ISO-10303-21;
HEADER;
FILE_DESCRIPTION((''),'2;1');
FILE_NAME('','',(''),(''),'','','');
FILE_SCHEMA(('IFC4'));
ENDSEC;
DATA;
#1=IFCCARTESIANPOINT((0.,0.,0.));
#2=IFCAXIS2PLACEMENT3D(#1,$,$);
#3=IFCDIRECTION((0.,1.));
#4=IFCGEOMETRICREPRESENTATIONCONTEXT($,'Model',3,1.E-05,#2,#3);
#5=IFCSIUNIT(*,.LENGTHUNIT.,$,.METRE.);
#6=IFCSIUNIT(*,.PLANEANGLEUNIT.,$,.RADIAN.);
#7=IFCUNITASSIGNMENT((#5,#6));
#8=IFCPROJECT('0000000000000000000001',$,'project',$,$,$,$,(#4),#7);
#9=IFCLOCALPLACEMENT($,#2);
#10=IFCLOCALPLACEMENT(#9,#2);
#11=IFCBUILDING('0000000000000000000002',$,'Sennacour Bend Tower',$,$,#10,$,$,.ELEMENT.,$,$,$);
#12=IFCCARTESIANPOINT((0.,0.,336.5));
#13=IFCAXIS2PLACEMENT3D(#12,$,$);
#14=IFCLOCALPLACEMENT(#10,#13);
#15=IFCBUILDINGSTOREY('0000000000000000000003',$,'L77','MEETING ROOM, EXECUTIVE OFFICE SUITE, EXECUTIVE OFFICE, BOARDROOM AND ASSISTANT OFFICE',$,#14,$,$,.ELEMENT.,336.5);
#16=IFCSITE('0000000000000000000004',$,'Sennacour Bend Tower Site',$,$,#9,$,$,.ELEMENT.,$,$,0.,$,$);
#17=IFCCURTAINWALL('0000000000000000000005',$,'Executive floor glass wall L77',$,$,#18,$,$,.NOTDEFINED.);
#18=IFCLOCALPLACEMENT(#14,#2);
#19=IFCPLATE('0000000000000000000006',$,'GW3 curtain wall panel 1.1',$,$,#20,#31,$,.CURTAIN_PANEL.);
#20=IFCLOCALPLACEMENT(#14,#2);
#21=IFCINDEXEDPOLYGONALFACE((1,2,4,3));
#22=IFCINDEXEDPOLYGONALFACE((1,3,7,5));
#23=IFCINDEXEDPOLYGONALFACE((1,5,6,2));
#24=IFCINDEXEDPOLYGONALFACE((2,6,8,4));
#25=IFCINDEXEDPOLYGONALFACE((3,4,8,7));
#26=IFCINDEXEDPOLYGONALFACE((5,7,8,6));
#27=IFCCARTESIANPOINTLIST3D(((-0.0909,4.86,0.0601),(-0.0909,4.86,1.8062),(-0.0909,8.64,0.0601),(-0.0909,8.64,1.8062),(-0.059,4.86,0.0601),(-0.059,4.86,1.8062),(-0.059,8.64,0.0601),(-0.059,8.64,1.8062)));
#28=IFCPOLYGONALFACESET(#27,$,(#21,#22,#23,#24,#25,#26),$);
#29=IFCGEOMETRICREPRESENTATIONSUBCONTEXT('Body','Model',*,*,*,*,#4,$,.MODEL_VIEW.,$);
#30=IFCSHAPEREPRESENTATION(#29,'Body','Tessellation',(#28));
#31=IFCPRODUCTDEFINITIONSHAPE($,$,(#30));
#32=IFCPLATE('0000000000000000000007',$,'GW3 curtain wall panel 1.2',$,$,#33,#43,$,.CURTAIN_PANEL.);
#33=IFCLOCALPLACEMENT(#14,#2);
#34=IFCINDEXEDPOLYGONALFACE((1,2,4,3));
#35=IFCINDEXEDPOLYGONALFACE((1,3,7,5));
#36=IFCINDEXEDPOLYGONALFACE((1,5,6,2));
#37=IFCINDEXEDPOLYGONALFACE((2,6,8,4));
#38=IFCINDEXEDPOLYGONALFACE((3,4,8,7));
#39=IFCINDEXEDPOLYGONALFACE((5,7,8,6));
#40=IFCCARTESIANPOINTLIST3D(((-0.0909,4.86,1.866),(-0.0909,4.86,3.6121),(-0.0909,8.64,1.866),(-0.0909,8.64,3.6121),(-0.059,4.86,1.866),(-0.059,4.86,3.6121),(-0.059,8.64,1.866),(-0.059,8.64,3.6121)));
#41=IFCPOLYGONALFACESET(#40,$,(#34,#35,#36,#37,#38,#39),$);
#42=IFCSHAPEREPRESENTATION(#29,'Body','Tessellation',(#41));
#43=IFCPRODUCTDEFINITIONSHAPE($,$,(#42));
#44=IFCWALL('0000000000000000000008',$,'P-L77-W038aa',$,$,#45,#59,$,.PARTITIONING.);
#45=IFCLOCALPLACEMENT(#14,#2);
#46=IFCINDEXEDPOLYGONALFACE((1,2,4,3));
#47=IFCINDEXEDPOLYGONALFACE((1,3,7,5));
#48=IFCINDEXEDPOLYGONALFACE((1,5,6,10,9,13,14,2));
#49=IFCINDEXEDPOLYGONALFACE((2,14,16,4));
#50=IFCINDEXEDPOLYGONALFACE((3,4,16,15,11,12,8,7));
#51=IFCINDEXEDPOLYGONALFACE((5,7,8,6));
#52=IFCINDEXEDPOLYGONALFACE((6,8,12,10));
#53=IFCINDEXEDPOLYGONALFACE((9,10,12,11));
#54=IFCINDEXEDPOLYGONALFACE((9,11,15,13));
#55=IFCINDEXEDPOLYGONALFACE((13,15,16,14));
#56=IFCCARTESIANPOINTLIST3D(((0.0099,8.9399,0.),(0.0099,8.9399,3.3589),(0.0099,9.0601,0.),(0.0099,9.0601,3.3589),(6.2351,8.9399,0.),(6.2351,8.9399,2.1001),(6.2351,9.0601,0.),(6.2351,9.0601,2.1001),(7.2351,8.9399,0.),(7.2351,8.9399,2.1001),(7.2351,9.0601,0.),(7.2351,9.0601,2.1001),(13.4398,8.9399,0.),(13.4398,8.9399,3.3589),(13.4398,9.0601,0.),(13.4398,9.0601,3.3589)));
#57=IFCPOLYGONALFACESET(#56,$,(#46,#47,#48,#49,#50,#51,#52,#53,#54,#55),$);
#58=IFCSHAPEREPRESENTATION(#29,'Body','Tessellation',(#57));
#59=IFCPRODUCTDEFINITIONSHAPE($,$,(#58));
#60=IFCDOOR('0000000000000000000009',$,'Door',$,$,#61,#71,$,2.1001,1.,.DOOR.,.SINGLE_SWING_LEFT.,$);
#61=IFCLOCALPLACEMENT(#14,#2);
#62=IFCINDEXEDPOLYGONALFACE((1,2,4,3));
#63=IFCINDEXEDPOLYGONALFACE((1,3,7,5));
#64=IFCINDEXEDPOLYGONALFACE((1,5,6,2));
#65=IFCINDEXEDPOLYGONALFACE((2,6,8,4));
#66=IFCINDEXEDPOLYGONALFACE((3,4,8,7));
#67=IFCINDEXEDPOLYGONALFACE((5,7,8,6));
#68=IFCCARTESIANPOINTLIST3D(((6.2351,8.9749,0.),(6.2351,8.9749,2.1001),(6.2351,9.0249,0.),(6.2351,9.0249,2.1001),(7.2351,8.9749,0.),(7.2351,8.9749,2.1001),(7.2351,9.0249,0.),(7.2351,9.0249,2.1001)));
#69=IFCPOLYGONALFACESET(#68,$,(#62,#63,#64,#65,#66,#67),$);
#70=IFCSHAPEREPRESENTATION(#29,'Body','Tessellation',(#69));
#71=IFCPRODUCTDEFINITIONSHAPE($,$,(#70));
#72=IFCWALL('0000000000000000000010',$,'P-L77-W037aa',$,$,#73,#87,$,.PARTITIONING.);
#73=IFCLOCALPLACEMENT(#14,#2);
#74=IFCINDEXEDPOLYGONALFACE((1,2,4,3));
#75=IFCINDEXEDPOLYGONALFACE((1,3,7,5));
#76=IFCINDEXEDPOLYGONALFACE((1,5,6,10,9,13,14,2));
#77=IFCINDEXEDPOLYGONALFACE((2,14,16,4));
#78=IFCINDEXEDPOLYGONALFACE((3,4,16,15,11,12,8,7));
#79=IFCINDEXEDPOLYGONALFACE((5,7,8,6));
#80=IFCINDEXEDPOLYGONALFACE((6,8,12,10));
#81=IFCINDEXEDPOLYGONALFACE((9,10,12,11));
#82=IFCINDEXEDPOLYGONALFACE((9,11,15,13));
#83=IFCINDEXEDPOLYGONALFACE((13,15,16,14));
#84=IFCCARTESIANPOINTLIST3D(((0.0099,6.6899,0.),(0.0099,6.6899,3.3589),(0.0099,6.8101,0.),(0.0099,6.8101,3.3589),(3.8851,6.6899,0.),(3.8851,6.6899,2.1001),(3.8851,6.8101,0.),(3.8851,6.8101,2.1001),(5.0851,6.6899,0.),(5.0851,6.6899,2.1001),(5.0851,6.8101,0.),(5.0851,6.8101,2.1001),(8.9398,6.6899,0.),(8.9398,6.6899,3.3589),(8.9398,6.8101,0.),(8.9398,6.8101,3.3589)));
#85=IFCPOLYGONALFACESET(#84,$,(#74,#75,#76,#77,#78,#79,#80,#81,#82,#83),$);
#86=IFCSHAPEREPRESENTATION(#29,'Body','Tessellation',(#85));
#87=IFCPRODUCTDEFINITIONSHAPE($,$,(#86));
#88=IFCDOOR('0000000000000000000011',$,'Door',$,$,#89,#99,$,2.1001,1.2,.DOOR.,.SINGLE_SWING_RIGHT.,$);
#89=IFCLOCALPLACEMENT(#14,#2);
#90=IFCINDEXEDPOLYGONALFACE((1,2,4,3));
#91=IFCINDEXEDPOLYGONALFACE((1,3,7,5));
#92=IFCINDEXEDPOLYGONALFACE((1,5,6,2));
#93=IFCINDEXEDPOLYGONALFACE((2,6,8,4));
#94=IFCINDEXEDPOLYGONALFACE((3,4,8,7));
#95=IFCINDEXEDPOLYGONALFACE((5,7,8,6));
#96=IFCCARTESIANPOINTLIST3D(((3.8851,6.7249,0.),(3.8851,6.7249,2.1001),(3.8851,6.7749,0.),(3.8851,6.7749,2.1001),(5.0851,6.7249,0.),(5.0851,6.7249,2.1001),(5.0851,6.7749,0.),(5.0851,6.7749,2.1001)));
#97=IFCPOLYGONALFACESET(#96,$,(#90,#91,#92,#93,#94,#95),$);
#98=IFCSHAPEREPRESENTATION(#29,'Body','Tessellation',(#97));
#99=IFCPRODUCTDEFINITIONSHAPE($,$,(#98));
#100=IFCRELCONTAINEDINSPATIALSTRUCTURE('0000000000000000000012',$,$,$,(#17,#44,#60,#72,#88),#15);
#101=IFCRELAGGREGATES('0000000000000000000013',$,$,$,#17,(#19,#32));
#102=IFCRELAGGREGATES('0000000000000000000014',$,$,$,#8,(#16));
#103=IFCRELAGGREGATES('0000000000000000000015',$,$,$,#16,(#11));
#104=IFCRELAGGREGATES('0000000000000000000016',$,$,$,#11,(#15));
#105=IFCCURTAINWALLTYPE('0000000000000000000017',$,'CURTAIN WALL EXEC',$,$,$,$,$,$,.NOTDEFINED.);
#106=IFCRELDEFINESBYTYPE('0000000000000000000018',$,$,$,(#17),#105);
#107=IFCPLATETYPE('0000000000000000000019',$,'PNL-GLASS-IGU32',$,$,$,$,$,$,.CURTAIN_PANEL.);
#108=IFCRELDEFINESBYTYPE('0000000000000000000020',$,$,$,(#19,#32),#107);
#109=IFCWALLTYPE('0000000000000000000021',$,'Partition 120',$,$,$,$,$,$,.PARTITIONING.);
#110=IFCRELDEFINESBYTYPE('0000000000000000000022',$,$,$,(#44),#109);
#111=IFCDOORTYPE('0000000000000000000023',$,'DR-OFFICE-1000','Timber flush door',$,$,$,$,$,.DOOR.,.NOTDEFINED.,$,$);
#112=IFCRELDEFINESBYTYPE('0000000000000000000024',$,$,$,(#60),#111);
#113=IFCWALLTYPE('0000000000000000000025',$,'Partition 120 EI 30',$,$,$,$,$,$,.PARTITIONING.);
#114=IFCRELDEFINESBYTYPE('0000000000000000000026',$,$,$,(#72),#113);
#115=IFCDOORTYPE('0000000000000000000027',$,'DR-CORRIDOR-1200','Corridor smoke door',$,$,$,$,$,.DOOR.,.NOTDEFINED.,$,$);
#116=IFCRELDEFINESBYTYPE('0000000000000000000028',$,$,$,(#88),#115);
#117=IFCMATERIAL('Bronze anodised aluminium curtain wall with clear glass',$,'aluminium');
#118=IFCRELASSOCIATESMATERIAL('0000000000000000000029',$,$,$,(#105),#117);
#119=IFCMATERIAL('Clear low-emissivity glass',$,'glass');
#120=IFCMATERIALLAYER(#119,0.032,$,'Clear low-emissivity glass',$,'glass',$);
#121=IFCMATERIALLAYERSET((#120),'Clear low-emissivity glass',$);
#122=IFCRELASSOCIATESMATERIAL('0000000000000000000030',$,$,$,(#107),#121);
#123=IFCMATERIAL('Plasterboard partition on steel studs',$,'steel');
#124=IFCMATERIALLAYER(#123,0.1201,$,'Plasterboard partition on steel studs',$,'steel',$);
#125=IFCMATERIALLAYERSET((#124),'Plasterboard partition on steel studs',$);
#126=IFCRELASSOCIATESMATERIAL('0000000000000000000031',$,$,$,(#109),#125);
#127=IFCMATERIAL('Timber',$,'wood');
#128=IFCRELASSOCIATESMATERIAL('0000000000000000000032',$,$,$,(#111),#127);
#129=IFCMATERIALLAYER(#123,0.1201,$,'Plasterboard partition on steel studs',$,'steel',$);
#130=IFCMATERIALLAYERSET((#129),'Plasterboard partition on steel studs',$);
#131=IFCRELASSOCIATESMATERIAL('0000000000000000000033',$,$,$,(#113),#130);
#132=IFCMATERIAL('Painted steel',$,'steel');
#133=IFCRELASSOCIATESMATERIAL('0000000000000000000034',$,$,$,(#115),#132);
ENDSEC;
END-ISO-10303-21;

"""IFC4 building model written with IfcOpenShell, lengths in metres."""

from ifc_helpers import new_model, si_unit, direction, frame, frame_2d, origin, origin_2d, place, context, subcontext, project, spatial, rectangle, extrude, material, layer, layer_set, type_object, element, fill, aggregate, save


model = new_model("IFC4")

# Units and contexts
model_context = context("Model", 3, precision=1e-05, world=origin(), true_north=direction((0.0, 1.0)))
body_context = subcontext(model_context, "Body", "Model", "MODEL_VIEW")
ifc_project = project(units=[si_unit("LENGTHUNIT", "METRE"), si_unit("PLANEANGLEUNIT", "RADIAN")], contexts=[model_context])

# Site, building, storey
site_placement = place(None, origin())
site = spatial("IfcSite", under=ifc_project, at=site_placement, Name="Sennacour Bend Tower Site", CompositionType="ELEMENT", RefElevation=0.0)
building_placement = place(site_placement, origin())
building = spatial("IfcBuilding", under=site, at=building_placement, Name="Sennacour Bend Tower", CompositionType="ELEMENT")
storey_placement = place(building_placement, frame((0.0, 0.0, 336.5)))
storey = spatial("IfcBuildingStorey", under=building, at=storey_placement, Name="L77", Description="MEETING ROOM, EXECUTIVE OFFICE SUITE, EXECUTIVE OFFICE, BOARDROOM AND ASSISTANT OFFICE", CompositionType="ELEMENT", Elevation=336.5)

# Shared definitions
ifc_material_1 = material(Name="Bronze anodised aluminium curtain wall with clear glass", Category="aluminium")
curtain_wall_type = type_object("IfcCurtainWallType", Name="CURTAIN WALL EXEC", PredefinedType="NOTDEFINED", material=ifc_material_1)

# Curtain wall
curtain_wall_1_placement = place(storey_placement, origin())
curtain_wall_1 = element("IfcCurtainWall", 1, at=curtain_wall_1_placement, inside=storey, type_object=curtain_wall_type, Name="Executive floor glass wall L77", PredefinedType="NOTDEFINED")

# Plates
ifc_material_2 = material(Name="Clear low-emissivity glass", Category="glass")
ifc_layer_1 = layer(ifc_material_2, 0.032, Name="Clear low-emissivity glass", Category="glass")
ifc_layer_set_1 = layer_set([ifc_layer_1], Name="Clear low-emissivity glass")
plate_type = type_object("IfcPlateType", Name="PNL-GLASS-IGU32", PredefinedType="CURTAIN_PANEL", material=ifc_layer_set_1)
plate_1_placement = place(storey_placement, frame((-0.075, 6.75, 0.0601), z_axis=(0.0, 0.0, 1.0), x_axis=(0.0, -1.0, 0.0)))
plate_1 = element("IfcPlate", 2, at=plate_1_placement, type_object=plate_type, Name="GW3 curtain wall panel 1.1", PredefinedType="CURTAIN_PANEL", context=body_context, shape_type="SweptSolid", body=[
    extrude(rectangle(XDim=3.78, YDim=0.032, at=origin_2d()), origin(), (0.0, 0.0, 1.0), 1.7461),
])
plate_2_placement = place(storey_placement, frame((-0.075, 6.75, 1.866), z_axis=(0.0, 0.0, 1.0), x_axis=(0.0, -1.0, 0.0)))
plate_2 = element("IfcPlate", 3, at=plate_2_placement, type_object=plate_type, Name="GW3 curtain wall panel 1.2", PredefinedType="CURTAIN_PANEL", context=body_context, shape_type="SweptSolid", body=[
    extrude(rectangle(XDim=3.78, YDim=0.032, at=origin_2d()), origin(), (0.0, 0.0, 1.0), 1.7461),
])
aggregate(curtain_wall_1, [plate_1, plate_2])

# Walls, openings, doors
ifc_material_3 = material(Name="Plasterboard partition on steel studs", Category="steel")
ifc_layer_2 = layer(ifc_material_3, 0.1201, Name="Plasterboard partition on steel studs", Category="steel")
ifc_layer_set_2 = layer_set([ifc_layer_2], Name="Plasterboard partition on steel studs")
wall_type_1 = type_object("IfcWallType", Name="Partition 120", PredefinedType="PARTITIONING", material=ifc_layer_set_2)
wall_1_placement = place(storey_placement, frame((0.01, 9.0, 0.0), z_axis=(0.0, 0.0, 1.0), x_axis=(1.0, 0.0, 0.0)))
wall_1 = element("IfcWall", 4, at=wall_1_placement, inside=storey, type_object=wall_type_1, Name="P-L77-W038aa", PredefinedType="PARTITIONING", context=body_context, shape_type="SweptSolid", body=[
    extrude(rectangle(XDim=13.4299, YDim=0.1201, at=frame_2d((6.7148, 0.0))), origin(), (0.0, 0.0, 1.0), 3.3589),
])
opening_1_placement = place(wall_1_placement, frame((6.2251, 0.0, 0.0)))
opening_1 = element("IfcOpeningElement", 5, at=opening_1_placement, cuts=wall_1, PredefinedType="OPENING", context=body_context, shape_type="SweptSolid", body=[
    extrude(rectangle(XDim=1.0, YDim=2.1001, at=frame_2d((0.5, 1.05))), frame((0.0, 0.0701, 0.0), z_axis=(0.0, -1.0, 0.0), x_axis=(1.0, 0.0, 0.0)), (0.0, 0.0, 1.0), 0.1401),
])
ifc_material_4 = material(Name="Timber", Category="wood")
door_type_1 = type_object("IfcDoorType", Name="DR-OFFICE-1000", Description="Timber flush door", OperationType="NOTDEFINED", PredefinedType="DOOR", material=ifc_material_4)
door_1_placement = place(opening_1_placement, origin())
door_1 = element("IfcDoor", 6, at=door_1_placement, inside=storey, type_object=door_type_1, Name="Door", OperationType="SINGLE_SWING_LEFT", OverallHeight=2.1001, OverallWidth=1.0, PredefinedType="DOOR", context=body_context, shape_type="SweptSolid", body=[
    extrude(rectangle(XDim=1.0, YDim=2.1001, at=frame_2d((0.5, 1.05))), frame((0.0, 0.0249, 0.0), z_axis=(0.0, -1.0, 0.0), x_axis=(1.0, 0.0, 0.0)), (0.0, 0.0, 1.0), 0.05),
])
fill(opening_1, door_1)
ifc_layer_3 = layer(ifc_material_3, 0.1201, Name="Plasterboard partition on steel studs", Category="steel")
ifc_layer_set_3 = layer_set([ifc_layer_3], Name="Plasterboard partition on steel studs")
wall_type_2 = type_object("IfcWallType", Name="Partition 120 EI 30", PredefinedType="PARTITIONING", material=ifc_layer_set_3)
wall_2_placement = place(storey_placement, frame((0.01, 6.75, 0.0), z_axis=(0.0, 0.0, 1.0), x_axis=(1.0, 0.0, 0.0)))
wall_2 = element("IfcWall", 7, at=wall_2_placement, inside=storey, type_object=wall_type_2, Name="P-L77-W037aa", PredefinedType="PARTITIONING", context=body_context, shape_type="SweptSolid", body=[
    extrude(rectangle(XDim=8.9299, YDim=0.1201, at=frame_2d((4.4648, 0.0))), origin(), (0.0, 0.0, 1.0), 3.3589),
])
opening_2_placement = place(wall_2_placement, frame((3.875, 0.0, 0.0)))
opening_2 = element("IfcOpeningElement", 8, at=opening_2_placement, cuts=wall_2, PredefinedType="OPENING", context=body_context, shape_type="SweptSolid", body=[
    extrude(rectangle(XDim=1.2, YDim=2.1001, at=frame_2d((0.6001, 1.05))), frame((0.0, 0.0701, 0.0), z_axis=(0.0, -1.0, 0.0), x_axis=(1.0, 0.0, 0.0)), (0.0, 0.0, 1.0), 0.1401),
])
ifc_material_5 = material(Name="Painted steel", Category="steel")
door_type_2 = type_object("IfcDoorType", Name="DR-CORRIDOR-1200", Description="Corridor smoke door", OperationType="NOTDEFINED", PredefinedType="DOOR", material=ifc_material_5)
door_2_placement = place(opening_2_placement, origin())
door_2 = element("IfcDoor", 9, at=door_2_placement, inside=storey, type_object=door_type_2, Name="Door", OperationType="SINGLE_SWING_RIGHT", OverallHeight=2.1001, OverallWidth=1.2, PredefinedType="DOOR", context=body_context, shape_type="SweptSolid", body=[
    extrude(rectangle(XDim=1.2, YDim=2.1001, at=frame_2d((0.6001, 1.05))), frame((0.0, 0.0249, 0.0), z_axis=(0.0, -1.0, 0.0), x_axis=(1.0, 0.0, 0.0)), (0.0, 0.0, 1.0), 0.05),
])
fill(opening_2, door_2)

save(model, "model.ifc")
